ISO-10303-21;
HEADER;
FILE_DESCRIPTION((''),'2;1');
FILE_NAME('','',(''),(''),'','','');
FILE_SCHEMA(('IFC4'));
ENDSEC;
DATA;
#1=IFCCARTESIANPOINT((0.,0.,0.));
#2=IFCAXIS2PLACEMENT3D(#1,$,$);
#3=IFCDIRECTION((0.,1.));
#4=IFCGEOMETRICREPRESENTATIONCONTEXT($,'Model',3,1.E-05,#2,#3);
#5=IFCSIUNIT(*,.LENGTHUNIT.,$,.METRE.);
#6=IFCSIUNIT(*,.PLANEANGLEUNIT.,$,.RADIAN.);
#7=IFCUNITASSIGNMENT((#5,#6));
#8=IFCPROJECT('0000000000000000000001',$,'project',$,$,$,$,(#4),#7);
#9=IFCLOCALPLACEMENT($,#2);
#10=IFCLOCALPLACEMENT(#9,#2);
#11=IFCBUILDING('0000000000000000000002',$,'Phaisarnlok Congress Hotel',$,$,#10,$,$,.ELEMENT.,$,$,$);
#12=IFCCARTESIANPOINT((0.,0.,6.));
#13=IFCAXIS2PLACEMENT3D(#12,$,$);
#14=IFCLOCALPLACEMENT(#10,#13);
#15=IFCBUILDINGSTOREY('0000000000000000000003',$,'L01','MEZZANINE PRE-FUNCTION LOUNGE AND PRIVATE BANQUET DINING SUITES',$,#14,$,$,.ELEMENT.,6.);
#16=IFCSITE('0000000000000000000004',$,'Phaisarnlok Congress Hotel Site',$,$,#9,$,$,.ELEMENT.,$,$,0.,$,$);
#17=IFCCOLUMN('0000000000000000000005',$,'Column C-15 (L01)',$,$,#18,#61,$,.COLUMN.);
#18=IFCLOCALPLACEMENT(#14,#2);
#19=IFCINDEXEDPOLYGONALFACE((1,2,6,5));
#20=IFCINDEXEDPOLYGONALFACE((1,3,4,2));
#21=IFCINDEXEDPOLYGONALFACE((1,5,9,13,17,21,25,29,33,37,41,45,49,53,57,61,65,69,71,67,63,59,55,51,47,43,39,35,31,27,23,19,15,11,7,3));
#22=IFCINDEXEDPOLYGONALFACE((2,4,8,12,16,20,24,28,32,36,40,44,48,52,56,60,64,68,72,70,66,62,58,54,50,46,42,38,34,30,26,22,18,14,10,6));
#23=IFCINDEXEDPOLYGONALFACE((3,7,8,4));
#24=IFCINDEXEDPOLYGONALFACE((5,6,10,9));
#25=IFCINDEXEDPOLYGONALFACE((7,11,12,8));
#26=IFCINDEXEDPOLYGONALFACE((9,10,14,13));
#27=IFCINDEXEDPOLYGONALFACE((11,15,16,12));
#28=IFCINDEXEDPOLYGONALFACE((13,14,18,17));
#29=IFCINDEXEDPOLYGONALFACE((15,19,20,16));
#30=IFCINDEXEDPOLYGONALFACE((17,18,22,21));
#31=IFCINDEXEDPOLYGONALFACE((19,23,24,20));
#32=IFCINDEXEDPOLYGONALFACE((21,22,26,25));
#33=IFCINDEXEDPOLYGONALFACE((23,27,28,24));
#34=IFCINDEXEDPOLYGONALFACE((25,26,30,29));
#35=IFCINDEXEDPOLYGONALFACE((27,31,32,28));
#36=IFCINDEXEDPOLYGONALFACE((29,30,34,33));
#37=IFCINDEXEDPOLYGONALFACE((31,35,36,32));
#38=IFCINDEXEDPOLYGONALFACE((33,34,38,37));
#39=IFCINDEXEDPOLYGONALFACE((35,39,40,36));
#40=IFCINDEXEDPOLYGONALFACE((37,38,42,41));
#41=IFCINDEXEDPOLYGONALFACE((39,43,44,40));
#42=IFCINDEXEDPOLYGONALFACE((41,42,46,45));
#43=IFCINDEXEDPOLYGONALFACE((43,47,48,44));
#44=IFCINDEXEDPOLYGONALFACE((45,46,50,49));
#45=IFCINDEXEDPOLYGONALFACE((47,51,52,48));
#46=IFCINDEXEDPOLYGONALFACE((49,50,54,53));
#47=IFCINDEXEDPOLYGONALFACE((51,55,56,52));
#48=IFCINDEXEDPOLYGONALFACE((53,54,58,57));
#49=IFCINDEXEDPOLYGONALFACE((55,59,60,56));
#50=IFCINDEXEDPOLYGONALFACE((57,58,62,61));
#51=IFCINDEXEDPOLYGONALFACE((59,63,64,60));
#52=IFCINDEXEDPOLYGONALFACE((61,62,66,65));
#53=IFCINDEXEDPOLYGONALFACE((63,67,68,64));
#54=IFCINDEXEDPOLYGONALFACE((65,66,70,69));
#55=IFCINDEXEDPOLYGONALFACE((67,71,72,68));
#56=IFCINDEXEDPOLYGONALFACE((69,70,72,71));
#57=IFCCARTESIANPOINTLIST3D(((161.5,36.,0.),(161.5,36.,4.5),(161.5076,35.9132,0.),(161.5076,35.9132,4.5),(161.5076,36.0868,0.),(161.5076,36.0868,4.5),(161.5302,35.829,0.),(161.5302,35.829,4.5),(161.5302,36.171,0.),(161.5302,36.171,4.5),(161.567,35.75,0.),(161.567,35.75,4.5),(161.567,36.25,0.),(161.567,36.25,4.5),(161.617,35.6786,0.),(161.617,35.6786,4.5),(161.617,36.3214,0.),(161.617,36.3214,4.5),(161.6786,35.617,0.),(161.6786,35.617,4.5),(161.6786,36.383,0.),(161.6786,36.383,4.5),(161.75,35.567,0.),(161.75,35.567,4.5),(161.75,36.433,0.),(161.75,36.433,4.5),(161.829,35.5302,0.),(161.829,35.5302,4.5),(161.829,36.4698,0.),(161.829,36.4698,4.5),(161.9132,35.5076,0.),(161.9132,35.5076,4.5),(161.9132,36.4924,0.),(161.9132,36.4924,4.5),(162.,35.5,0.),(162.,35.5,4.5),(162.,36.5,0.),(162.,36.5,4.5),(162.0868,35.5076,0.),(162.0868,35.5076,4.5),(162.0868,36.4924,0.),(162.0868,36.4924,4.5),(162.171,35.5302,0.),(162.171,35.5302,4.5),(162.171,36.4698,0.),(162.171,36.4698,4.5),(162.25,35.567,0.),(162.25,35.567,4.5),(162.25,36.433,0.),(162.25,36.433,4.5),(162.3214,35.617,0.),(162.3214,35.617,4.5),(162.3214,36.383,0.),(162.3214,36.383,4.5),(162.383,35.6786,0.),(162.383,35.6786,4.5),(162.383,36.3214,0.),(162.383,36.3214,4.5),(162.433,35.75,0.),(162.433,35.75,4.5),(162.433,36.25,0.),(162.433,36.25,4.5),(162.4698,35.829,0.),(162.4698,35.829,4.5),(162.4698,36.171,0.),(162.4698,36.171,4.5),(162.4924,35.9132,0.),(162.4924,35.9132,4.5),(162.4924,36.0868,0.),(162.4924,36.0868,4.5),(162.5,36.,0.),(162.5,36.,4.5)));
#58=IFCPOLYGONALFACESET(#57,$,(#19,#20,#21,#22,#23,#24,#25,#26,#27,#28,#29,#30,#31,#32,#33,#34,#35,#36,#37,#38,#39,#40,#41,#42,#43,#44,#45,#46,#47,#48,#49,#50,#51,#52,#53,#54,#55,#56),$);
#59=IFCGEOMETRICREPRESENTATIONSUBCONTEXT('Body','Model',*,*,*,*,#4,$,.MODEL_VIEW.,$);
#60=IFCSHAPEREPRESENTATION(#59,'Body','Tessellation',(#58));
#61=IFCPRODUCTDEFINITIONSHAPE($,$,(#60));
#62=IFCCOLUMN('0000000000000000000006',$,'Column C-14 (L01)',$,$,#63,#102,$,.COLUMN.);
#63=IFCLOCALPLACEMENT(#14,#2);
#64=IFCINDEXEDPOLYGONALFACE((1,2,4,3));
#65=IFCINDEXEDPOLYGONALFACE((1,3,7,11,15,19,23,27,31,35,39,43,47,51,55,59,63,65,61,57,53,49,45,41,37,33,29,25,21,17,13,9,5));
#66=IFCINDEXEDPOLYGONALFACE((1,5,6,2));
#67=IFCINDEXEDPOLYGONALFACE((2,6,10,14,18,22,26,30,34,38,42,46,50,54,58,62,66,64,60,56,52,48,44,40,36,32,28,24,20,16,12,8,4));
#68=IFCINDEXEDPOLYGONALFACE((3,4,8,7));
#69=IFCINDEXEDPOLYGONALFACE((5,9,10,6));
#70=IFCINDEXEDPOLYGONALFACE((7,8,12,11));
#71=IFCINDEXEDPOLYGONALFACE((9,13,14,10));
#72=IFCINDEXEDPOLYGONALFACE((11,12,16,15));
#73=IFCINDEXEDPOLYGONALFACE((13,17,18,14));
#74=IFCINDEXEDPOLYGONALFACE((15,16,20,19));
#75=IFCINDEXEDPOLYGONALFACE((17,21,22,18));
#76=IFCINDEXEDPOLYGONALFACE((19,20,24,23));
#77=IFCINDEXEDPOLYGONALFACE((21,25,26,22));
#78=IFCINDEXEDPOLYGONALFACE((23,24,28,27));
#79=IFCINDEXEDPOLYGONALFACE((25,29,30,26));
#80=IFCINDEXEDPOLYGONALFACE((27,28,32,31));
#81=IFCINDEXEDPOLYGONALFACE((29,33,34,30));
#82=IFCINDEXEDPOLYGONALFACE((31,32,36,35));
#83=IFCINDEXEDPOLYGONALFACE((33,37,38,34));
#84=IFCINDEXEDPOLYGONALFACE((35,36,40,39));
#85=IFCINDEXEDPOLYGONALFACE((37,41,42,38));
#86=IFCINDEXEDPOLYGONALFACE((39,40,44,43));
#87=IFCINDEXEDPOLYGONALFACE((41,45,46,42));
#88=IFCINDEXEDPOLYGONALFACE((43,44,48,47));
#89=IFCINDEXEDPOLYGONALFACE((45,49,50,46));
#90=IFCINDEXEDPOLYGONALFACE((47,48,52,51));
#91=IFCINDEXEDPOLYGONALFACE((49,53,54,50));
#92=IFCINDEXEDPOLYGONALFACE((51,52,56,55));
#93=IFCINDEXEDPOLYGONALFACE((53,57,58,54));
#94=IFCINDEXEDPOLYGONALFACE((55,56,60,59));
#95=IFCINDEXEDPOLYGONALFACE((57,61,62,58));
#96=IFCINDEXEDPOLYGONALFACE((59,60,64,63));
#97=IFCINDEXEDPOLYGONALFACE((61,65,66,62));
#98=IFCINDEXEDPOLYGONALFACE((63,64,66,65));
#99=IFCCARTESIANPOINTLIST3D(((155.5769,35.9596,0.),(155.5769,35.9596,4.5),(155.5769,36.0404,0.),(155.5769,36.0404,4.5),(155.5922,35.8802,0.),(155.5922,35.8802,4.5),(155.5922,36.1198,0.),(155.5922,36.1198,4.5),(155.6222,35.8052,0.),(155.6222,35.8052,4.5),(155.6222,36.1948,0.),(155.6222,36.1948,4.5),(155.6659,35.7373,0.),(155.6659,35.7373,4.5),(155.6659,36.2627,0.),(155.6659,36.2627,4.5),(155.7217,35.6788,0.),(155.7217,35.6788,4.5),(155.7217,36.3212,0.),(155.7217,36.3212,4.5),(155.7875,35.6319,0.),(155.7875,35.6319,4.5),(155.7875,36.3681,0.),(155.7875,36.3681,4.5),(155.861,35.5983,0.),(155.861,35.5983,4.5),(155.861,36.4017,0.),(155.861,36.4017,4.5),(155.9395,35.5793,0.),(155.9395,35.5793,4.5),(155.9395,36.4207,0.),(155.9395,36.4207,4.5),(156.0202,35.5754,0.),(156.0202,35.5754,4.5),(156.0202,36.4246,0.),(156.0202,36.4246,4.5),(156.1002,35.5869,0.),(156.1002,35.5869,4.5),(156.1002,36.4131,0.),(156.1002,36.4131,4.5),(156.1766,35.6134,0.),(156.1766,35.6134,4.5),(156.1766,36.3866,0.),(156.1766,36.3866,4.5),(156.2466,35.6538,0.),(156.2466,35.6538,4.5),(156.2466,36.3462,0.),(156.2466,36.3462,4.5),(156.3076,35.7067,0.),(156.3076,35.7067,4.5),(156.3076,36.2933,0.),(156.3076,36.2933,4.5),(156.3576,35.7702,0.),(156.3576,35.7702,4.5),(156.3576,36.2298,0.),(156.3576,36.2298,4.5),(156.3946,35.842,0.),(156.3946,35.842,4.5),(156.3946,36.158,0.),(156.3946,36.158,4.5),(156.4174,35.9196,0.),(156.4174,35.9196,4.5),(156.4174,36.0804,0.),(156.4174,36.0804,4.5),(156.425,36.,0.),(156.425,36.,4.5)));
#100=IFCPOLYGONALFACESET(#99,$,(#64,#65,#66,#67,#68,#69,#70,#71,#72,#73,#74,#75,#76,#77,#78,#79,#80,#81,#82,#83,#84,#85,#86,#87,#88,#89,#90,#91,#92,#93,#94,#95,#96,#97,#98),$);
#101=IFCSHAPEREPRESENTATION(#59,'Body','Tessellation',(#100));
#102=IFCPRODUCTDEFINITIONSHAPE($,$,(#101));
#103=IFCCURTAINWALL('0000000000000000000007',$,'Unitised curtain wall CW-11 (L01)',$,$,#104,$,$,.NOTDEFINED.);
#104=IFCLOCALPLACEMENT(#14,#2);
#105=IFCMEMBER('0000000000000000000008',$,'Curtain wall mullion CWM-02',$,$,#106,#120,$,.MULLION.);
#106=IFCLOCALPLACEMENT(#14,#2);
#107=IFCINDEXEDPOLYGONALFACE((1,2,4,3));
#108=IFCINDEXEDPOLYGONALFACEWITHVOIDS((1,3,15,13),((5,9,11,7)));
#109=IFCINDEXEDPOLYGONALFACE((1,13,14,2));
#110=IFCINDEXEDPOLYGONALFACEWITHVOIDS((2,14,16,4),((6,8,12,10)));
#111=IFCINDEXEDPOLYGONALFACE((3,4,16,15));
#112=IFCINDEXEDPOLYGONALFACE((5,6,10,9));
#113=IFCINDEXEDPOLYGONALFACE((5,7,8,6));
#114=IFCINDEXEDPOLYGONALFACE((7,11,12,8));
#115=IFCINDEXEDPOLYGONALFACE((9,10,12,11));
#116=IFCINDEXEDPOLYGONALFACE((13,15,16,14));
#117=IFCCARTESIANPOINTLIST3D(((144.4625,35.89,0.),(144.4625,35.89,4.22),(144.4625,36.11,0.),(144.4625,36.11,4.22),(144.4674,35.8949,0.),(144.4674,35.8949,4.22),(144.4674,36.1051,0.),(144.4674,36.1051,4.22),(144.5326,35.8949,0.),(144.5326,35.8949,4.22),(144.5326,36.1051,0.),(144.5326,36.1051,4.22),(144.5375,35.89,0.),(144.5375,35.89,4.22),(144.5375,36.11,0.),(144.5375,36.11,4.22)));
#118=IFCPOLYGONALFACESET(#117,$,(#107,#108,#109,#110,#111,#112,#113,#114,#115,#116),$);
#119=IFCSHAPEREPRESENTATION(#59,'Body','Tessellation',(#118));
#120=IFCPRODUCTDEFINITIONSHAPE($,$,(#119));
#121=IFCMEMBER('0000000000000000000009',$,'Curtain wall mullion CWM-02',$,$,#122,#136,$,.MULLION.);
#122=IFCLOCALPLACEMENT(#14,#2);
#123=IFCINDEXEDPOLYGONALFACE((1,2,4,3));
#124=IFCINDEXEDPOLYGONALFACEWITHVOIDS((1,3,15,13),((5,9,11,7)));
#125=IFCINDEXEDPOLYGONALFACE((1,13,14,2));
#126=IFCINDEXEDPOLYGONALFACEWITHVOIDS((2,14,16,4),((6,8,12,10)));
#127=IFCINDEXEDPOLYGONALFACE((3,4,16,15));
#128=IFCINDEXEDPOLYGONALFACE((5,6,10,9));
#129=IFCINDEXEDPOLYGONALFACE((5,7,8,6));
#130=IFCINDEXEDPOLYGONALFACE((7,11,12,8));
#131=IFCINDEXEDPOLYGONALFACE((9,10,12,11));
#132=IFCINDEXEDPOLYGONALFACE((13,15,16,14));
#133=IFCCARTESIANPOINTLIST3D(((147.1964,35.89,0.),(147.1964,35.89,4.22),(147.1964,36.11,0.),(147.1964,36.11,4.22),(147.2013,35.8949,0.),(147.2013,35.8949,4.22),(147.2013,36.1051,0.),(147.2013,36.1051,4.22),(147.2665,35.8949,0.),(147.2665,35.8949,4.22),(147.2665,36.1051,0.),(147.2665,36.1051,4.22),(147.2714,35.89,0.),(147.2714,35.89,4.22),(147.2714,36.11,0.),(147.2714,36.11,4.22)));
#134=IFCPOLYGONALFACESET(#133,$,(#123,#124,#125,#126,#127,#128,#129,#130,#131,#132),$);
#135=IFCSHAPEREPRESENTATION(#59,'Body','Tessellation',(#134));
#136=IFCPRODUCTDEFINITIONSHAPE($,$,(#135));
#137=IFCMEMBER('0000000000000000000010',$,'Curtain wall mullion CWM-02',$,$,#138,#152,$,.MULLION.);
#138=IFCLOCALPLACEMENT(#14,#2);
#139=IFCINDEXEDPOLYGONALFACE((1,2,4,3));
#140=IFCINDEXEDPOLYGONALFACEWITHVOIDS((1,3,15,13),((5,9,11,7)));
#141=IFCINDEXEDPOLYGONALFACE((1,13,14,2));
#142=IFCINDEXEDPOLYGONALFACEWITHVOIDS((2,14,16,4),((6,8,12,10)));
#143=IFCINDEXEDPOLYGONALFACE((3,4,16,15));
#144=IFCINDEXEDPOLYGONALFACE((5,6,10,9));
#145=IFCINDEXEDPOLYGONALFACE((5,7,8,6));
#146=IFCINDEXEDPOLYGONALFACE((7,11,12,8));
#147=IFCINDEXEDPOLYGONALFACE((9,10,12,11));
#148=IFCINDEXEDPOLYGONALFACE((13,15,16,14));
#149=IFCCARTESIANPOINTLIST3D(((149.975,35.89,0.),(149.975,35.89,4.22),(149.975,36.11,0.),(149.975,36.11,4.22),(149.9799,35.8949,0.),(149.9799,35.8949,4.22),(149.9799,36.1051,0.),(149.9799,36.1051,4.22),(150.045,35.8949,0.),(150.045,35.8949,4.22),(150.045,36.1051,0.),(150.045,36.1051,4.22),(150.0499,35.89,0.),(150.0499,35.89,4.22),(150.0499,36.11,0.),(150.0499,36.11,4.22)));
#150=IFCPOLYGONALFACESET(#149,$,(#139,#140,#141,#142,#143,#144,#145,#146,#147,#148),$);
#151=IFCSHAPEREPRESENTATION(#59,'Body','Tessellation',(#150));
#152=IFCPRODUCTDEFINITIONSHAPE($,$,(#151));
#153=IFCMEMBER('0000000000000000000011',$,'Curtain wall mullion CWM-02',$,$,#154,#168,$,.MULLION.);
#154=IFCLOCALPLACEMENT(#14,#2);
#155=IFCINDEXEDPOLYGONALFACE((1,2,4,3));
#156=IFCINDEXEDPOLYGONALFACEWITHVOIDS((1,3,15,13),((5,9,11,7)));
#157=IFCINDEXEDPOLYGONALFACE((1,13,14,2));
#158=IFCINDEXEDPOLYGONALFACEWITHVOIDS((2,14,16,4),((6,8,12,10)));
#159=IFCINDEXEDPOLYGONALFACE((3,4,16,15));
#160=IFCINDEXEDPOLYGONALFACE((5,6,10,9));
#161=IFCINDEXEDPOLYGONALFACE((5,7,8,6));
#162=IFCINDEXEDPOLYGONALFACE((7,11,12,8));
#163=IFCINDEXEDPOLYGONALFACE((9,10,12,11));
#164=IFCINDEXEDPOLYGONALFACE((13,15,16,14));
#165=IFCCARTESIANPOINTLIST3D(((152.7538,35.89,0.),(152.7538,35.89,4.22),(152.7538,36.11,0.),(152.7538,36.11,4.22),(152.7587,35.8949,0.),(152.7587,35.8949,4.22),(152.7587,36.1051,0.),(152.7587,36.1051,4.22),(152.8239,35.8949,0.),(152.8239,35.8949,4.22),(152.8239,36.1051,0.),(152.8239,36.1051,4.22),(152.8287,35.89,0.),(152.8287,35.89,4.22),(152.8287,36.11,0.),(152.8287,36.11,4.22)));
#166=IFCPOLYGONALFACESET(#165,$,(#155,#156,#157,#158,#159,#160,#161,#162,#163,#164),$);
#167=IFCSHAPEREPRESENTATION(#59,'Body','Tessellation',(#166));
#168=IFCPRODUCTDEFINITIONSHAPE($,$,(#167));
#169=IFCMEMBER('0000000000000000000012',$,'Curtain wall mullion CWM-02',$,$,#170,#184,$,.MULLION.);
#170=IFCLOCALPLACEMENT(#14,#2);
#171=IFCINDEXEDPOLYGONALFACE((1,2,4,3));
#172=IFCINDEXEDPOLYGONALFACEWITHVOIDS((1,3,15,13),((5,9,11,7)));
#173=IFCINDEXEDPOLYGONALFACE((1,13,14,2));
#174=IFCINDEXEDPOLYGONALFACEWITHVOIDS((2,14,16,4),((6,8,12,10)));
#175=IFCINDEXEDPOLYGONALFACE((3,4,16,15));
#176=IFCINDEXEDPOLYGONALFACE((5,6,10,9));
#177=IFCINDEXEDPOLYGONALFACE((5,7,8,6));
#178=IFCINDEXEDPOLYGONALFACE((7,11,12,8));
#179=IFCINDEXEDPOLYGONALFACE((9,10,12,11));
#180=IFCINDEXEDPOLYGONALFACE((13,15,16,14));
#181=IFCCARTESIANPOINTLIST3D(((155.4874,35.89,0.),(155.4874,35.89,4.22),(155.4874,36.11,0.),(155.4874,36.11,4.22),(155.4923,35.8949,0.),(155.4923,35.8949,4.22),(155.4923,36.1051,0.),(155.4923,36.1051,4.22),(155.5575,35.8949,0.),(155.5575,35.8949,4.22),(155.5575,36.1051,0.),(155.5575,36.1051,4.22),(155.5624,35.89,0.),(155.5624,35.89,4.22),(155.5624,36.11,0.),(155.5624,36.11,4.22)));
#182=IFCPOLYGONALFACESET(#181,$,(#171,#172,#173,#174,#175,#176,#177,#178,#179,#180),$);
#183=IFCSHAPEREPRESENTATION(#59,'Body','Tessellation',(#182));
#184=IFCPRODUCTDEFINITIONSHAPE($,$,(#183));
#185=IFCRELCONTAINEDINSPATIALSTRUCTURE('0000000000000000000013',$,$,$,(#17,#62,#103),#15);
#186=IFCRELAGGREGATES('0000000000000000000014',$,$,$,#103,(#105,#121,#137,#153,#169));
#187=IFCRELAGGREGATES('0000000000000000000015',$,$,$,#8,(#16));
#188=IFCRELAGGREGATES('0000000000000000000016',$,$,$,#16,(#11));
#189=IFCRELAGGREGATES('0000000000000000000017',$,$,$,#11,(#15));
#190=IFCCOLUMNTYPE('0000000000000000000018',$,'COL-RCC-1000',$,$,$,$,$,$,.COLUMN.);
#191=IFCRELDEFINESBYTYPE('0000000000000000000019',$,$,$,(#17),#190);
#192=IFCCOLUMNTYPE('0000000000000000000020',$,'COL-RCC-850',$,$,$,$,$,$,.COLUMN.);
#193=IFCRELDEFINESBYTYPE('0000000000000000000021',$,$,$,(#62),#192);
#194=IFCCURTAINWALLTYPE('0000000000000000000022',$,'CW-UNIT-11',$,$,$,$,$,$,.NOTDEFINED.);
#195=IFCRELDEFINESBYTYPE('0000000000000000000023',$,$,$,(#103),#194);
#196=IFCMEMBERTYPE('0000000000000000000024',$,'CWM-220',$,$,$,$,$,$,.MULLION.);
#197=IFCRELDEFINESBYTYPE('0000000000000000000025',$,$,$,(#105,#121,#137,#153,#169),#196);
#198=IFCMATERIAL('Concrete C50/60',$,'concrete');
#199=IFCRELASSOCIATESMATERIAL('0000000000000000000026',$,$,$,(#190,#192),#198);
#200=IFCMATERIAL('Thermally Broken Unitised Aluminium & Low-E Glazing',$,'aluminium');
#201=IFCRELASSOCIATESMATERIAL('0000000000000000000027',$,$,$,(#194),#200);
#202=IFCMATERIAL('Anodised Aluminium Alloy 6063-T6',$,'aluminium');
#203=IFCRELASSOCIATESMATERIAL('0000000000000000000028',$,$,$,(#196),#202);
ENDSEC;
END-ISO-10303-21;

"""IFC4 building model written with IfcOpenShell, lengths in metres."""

from ifc_helpers import new_model, si_unit, direction, frame, origin, origin_2d, place, context, subcontext, project, spatial, hollow_rectangle, circle, extrude, material, material_profile, profile_set, type_object, element, aggregate, save


model = new_model("IFC4")

# Units and contexts
model_context = context("Model", 3, precision=1e-05, world=origin(), true_north=direction((0.0, 1.0)))
body_context = subcontext(model_context, "Body", "Model", "MODEL_VIEW")
ifc_project = project(units=[si_unit("LENGTHUNIT", "METRE"), si_unit("PLANEANGLEUNIT", "RADIAN")], contexts=[model_context])

# Site, building, storey
site_placement = place(None, origin())
site = spatial("IfcSite", under=ifc_project, at=site_placement, Name="Phaisarnlok Congress Hotel Site", CompositionType="ELEMENT", RefElevation=0.0)
building_placement = place(site_placement, origin())
building = spatial("IfcBuilding", under=site, at=building_placement, Name="Phaisarnlok Congress Hotel", CompositionType="ELEMENT")
storey_placement = place(building_placement, frame((0.0, 0.0, 6.0)))
storey = spatial("IfcBuildingStorey", under=building, at=storey_placement, Name="L01", Description="MEZZANINE PRE-FUNCTION LOUNGE AND PRIVATE BANQUET DINING SUITES", CompositionType="ELEMENT", Elevation=6.0)

# Columns
ifc_material_1 = material(Name="Concrete C50/60", Category="concrete")
ifc_material_profile_1 = material_profile(ifc_material_1, circle(Radius=0.5, at=origin_2d()), Name="RCC D1000")
ifc_profile_set_1 = profile_set([ifc_material_profile_1], Name="Concrete C50/60")
column_type_1 = type_object("IfcColumnType", Name="COL-RCC-1000", PredefinedType="COLUMN", material=ifc_profile_set_1)
column_1_placement = place(storey_placement, frame((162.0, 36.0, 0.0), z_axis=(0.0, 0.0, 1.0), x_axis=(1.0, 0.0, 0.0)))
element("IfcColumn", 1, at=column_1_placement, inside=storey, type_object=column_type_1, Name="Column C-15 (L01)", PredefinedType="COLUMN", context=body_context, shape_type="SweptSolid", body=[
    extrude(circle(Radius=0.5, at=origin_2d()), origin(), (0.0, 0.0, 1.0), 4.5),
])
ifc_material_profile_2 = material_profile(ifc_material_1, circle(Radius=0.425, at=origin_2d()), Name="RCC D850")
ifc_profile_set_2 = profile_set([ifc_material_profile_2], Name="Concrete C50/60")
column_type_2 = type_object("IfcColumnType", Name="COL-RCC-850", PredefinedType="COLUMN", material=ifc_profile_set_2)
column_2_placement = place(storey_placement, frame((156.0, 36.0, 0.0), z_axis=(0.0, 0.0, 1.0), x_axis=(1.0, 0.0, 0.0)))
element("IfcColumn", 2, at=column_2_placement, inside=storey, type_object=column_type_2, Name="Column C-14 (L01)", PredefinedType="COLUMN", context=body_context, shape_type="SweptSolid", body=[
    extrude(circle(Radius=0.425, at=origin_2d()), origin(), (0.0, 0.0, 1.0), 4.5),
])

# Curtain wall, members
ifc_material_2 = material(Name="Thermally Broken Unitised Aluminium & Low-E Glazing", Category="aluminium")
curtain_wall_type = type_object("IfcCurtainWallType", Name="CW-UNIT-11", PredefinedType="NOTDEFINED", material=ifc_material_2)
curtain_wall_placement = place(storey_placement, origin())
curtain_wall = element("IfcCurtainWall", 3, at=curtain_wall_placement, inside=storey, type_object=curtain_wall_type, Name="Unitised curtain wall CW-11 (L01)", PredefinedType="NOTDEFINED")
ifc_material_3 = material(Name="Anodised Aluminium Alloy 6063-T6", Category="aluminium")
ifc_material_profile_3 = material_profile(ifc_material_3, hollow_rectangle(XDim=0.075, YDim=0.22, WallThickness=0.0049, at=origin_2d()), Name="ALU-M 75x220x5")
ifc_profile_set_3 = profile_set([ifc_material_profile_3], Name="Anodised Aluminium Alloy 6063-T6")
member_type_1 = type_object("IfcMemberType", Name="CWM-220", PredefinedType="MULLION", material=ifc_profile_set_3)
member_1_placement = place(storey_placement, frame((144.5, 36.0, 0.0), z_axis=(0.0, 0.0, 1.0), x_axis=(1.0, 0.0, 0.0)))
member_1 = element("IfcMember", 4, at=member_1_placement, type_object=member_type_1, Name="Curtain wall mullion CWM-02", PredefinedType="MULLION", context=body_context, shape_type="SweptSolid", body=[
    extrude(hollow_rectangle(XDim=0.075, YDim=0.22, WallThickness=0.0049, at=origin_2d()), origin(), (0.0, 0.0, 1.0), 4.22),
])
member_2_placement = place(storey_placement, frame((147.2339, 36.0, 0.0), z_axis=(0.0, 0.0, 1.0), x_axis=(1.0, 0.0, 0.0)))
member_2 = element("IfcMember", 5, at=member_2_placement, type_object=member_type_1, Name="Curtain wall mullion CWM-02", PredefinedType="MULLION", context=body_context, shape_type="SweptSolid", body=[
    extrude(hollow_rectangle(XDim=0.075, YDim=0.22, WallThickness=0.0049, at=origin_2d()), origin(), (0.0, 0.0, 1.0), 4.22),
])
member_3_placement = place(storey_placement, frame((150.0125, 36.0, 0.0), z_axis=(0.0, 0.0, 1.0), x_axis=(1.0, 0.0, 0.0)))
member_3 = element("IfcMember", 6, at=member_3_placement, type_object=member_type_1, Name="Curtain wall mullion CWM-02", PredefinedType="MULLION", context=body_context, shape_type="SweptSolid", body=[
    extrude(hollow_rectangle(XDim=0.075, YDim=0.22, WallThickness=0.0049, at=origin_2d()), origin(), (0.0, 0.0, 1.0), 4.22),
])
member_4_placement = place(storey_placement, frame((152.7913, 36.0, 0.0), z_axis=(0.0, 0.0, 1.0), x_axis=(1.0, 0.0, 0.0)))
member_4 = element("IfcMember", 7, at=member_4_placement, type_object=member_type_1, Name="Curtain wall mullion CWM-02", PredefinedType="MULLION", context=body_context, shape_type="SweptSolid", body=[
    extrude(hollow_rectangle(XDim=0.075, YDim=0.22, WallThickness=0.0049, at=origin_2d()), origin(), (0.0, 0.0, 1.0), 4.22),
])
member_5_placement = place(storey_placement, frame((155.5249, 36.0, 0.0), z_axis=(0.0, 0.0, 1.0), x_axis=(1.0, 0.0, 0.0)))
member_5 = element("IfcMember", 8, at=member_5_placement, type_object=member_type_1, Name="Curtain wall mullion CWM-02", PredefinedType="MULLION", context=body_context, shape_type="SweptSolid", body=[
    extrude(hollow_rectangle(XDim=0.075, YDim=0.22, WallThickness=0.0049, at=origin_2d()), origin(), (0.0, 0.0, 1.0), 4.22),
])
aggregate(curtain_wall, [member_1, member_2, member_3, member_4, member_5])

save(model, "model.ifc")
